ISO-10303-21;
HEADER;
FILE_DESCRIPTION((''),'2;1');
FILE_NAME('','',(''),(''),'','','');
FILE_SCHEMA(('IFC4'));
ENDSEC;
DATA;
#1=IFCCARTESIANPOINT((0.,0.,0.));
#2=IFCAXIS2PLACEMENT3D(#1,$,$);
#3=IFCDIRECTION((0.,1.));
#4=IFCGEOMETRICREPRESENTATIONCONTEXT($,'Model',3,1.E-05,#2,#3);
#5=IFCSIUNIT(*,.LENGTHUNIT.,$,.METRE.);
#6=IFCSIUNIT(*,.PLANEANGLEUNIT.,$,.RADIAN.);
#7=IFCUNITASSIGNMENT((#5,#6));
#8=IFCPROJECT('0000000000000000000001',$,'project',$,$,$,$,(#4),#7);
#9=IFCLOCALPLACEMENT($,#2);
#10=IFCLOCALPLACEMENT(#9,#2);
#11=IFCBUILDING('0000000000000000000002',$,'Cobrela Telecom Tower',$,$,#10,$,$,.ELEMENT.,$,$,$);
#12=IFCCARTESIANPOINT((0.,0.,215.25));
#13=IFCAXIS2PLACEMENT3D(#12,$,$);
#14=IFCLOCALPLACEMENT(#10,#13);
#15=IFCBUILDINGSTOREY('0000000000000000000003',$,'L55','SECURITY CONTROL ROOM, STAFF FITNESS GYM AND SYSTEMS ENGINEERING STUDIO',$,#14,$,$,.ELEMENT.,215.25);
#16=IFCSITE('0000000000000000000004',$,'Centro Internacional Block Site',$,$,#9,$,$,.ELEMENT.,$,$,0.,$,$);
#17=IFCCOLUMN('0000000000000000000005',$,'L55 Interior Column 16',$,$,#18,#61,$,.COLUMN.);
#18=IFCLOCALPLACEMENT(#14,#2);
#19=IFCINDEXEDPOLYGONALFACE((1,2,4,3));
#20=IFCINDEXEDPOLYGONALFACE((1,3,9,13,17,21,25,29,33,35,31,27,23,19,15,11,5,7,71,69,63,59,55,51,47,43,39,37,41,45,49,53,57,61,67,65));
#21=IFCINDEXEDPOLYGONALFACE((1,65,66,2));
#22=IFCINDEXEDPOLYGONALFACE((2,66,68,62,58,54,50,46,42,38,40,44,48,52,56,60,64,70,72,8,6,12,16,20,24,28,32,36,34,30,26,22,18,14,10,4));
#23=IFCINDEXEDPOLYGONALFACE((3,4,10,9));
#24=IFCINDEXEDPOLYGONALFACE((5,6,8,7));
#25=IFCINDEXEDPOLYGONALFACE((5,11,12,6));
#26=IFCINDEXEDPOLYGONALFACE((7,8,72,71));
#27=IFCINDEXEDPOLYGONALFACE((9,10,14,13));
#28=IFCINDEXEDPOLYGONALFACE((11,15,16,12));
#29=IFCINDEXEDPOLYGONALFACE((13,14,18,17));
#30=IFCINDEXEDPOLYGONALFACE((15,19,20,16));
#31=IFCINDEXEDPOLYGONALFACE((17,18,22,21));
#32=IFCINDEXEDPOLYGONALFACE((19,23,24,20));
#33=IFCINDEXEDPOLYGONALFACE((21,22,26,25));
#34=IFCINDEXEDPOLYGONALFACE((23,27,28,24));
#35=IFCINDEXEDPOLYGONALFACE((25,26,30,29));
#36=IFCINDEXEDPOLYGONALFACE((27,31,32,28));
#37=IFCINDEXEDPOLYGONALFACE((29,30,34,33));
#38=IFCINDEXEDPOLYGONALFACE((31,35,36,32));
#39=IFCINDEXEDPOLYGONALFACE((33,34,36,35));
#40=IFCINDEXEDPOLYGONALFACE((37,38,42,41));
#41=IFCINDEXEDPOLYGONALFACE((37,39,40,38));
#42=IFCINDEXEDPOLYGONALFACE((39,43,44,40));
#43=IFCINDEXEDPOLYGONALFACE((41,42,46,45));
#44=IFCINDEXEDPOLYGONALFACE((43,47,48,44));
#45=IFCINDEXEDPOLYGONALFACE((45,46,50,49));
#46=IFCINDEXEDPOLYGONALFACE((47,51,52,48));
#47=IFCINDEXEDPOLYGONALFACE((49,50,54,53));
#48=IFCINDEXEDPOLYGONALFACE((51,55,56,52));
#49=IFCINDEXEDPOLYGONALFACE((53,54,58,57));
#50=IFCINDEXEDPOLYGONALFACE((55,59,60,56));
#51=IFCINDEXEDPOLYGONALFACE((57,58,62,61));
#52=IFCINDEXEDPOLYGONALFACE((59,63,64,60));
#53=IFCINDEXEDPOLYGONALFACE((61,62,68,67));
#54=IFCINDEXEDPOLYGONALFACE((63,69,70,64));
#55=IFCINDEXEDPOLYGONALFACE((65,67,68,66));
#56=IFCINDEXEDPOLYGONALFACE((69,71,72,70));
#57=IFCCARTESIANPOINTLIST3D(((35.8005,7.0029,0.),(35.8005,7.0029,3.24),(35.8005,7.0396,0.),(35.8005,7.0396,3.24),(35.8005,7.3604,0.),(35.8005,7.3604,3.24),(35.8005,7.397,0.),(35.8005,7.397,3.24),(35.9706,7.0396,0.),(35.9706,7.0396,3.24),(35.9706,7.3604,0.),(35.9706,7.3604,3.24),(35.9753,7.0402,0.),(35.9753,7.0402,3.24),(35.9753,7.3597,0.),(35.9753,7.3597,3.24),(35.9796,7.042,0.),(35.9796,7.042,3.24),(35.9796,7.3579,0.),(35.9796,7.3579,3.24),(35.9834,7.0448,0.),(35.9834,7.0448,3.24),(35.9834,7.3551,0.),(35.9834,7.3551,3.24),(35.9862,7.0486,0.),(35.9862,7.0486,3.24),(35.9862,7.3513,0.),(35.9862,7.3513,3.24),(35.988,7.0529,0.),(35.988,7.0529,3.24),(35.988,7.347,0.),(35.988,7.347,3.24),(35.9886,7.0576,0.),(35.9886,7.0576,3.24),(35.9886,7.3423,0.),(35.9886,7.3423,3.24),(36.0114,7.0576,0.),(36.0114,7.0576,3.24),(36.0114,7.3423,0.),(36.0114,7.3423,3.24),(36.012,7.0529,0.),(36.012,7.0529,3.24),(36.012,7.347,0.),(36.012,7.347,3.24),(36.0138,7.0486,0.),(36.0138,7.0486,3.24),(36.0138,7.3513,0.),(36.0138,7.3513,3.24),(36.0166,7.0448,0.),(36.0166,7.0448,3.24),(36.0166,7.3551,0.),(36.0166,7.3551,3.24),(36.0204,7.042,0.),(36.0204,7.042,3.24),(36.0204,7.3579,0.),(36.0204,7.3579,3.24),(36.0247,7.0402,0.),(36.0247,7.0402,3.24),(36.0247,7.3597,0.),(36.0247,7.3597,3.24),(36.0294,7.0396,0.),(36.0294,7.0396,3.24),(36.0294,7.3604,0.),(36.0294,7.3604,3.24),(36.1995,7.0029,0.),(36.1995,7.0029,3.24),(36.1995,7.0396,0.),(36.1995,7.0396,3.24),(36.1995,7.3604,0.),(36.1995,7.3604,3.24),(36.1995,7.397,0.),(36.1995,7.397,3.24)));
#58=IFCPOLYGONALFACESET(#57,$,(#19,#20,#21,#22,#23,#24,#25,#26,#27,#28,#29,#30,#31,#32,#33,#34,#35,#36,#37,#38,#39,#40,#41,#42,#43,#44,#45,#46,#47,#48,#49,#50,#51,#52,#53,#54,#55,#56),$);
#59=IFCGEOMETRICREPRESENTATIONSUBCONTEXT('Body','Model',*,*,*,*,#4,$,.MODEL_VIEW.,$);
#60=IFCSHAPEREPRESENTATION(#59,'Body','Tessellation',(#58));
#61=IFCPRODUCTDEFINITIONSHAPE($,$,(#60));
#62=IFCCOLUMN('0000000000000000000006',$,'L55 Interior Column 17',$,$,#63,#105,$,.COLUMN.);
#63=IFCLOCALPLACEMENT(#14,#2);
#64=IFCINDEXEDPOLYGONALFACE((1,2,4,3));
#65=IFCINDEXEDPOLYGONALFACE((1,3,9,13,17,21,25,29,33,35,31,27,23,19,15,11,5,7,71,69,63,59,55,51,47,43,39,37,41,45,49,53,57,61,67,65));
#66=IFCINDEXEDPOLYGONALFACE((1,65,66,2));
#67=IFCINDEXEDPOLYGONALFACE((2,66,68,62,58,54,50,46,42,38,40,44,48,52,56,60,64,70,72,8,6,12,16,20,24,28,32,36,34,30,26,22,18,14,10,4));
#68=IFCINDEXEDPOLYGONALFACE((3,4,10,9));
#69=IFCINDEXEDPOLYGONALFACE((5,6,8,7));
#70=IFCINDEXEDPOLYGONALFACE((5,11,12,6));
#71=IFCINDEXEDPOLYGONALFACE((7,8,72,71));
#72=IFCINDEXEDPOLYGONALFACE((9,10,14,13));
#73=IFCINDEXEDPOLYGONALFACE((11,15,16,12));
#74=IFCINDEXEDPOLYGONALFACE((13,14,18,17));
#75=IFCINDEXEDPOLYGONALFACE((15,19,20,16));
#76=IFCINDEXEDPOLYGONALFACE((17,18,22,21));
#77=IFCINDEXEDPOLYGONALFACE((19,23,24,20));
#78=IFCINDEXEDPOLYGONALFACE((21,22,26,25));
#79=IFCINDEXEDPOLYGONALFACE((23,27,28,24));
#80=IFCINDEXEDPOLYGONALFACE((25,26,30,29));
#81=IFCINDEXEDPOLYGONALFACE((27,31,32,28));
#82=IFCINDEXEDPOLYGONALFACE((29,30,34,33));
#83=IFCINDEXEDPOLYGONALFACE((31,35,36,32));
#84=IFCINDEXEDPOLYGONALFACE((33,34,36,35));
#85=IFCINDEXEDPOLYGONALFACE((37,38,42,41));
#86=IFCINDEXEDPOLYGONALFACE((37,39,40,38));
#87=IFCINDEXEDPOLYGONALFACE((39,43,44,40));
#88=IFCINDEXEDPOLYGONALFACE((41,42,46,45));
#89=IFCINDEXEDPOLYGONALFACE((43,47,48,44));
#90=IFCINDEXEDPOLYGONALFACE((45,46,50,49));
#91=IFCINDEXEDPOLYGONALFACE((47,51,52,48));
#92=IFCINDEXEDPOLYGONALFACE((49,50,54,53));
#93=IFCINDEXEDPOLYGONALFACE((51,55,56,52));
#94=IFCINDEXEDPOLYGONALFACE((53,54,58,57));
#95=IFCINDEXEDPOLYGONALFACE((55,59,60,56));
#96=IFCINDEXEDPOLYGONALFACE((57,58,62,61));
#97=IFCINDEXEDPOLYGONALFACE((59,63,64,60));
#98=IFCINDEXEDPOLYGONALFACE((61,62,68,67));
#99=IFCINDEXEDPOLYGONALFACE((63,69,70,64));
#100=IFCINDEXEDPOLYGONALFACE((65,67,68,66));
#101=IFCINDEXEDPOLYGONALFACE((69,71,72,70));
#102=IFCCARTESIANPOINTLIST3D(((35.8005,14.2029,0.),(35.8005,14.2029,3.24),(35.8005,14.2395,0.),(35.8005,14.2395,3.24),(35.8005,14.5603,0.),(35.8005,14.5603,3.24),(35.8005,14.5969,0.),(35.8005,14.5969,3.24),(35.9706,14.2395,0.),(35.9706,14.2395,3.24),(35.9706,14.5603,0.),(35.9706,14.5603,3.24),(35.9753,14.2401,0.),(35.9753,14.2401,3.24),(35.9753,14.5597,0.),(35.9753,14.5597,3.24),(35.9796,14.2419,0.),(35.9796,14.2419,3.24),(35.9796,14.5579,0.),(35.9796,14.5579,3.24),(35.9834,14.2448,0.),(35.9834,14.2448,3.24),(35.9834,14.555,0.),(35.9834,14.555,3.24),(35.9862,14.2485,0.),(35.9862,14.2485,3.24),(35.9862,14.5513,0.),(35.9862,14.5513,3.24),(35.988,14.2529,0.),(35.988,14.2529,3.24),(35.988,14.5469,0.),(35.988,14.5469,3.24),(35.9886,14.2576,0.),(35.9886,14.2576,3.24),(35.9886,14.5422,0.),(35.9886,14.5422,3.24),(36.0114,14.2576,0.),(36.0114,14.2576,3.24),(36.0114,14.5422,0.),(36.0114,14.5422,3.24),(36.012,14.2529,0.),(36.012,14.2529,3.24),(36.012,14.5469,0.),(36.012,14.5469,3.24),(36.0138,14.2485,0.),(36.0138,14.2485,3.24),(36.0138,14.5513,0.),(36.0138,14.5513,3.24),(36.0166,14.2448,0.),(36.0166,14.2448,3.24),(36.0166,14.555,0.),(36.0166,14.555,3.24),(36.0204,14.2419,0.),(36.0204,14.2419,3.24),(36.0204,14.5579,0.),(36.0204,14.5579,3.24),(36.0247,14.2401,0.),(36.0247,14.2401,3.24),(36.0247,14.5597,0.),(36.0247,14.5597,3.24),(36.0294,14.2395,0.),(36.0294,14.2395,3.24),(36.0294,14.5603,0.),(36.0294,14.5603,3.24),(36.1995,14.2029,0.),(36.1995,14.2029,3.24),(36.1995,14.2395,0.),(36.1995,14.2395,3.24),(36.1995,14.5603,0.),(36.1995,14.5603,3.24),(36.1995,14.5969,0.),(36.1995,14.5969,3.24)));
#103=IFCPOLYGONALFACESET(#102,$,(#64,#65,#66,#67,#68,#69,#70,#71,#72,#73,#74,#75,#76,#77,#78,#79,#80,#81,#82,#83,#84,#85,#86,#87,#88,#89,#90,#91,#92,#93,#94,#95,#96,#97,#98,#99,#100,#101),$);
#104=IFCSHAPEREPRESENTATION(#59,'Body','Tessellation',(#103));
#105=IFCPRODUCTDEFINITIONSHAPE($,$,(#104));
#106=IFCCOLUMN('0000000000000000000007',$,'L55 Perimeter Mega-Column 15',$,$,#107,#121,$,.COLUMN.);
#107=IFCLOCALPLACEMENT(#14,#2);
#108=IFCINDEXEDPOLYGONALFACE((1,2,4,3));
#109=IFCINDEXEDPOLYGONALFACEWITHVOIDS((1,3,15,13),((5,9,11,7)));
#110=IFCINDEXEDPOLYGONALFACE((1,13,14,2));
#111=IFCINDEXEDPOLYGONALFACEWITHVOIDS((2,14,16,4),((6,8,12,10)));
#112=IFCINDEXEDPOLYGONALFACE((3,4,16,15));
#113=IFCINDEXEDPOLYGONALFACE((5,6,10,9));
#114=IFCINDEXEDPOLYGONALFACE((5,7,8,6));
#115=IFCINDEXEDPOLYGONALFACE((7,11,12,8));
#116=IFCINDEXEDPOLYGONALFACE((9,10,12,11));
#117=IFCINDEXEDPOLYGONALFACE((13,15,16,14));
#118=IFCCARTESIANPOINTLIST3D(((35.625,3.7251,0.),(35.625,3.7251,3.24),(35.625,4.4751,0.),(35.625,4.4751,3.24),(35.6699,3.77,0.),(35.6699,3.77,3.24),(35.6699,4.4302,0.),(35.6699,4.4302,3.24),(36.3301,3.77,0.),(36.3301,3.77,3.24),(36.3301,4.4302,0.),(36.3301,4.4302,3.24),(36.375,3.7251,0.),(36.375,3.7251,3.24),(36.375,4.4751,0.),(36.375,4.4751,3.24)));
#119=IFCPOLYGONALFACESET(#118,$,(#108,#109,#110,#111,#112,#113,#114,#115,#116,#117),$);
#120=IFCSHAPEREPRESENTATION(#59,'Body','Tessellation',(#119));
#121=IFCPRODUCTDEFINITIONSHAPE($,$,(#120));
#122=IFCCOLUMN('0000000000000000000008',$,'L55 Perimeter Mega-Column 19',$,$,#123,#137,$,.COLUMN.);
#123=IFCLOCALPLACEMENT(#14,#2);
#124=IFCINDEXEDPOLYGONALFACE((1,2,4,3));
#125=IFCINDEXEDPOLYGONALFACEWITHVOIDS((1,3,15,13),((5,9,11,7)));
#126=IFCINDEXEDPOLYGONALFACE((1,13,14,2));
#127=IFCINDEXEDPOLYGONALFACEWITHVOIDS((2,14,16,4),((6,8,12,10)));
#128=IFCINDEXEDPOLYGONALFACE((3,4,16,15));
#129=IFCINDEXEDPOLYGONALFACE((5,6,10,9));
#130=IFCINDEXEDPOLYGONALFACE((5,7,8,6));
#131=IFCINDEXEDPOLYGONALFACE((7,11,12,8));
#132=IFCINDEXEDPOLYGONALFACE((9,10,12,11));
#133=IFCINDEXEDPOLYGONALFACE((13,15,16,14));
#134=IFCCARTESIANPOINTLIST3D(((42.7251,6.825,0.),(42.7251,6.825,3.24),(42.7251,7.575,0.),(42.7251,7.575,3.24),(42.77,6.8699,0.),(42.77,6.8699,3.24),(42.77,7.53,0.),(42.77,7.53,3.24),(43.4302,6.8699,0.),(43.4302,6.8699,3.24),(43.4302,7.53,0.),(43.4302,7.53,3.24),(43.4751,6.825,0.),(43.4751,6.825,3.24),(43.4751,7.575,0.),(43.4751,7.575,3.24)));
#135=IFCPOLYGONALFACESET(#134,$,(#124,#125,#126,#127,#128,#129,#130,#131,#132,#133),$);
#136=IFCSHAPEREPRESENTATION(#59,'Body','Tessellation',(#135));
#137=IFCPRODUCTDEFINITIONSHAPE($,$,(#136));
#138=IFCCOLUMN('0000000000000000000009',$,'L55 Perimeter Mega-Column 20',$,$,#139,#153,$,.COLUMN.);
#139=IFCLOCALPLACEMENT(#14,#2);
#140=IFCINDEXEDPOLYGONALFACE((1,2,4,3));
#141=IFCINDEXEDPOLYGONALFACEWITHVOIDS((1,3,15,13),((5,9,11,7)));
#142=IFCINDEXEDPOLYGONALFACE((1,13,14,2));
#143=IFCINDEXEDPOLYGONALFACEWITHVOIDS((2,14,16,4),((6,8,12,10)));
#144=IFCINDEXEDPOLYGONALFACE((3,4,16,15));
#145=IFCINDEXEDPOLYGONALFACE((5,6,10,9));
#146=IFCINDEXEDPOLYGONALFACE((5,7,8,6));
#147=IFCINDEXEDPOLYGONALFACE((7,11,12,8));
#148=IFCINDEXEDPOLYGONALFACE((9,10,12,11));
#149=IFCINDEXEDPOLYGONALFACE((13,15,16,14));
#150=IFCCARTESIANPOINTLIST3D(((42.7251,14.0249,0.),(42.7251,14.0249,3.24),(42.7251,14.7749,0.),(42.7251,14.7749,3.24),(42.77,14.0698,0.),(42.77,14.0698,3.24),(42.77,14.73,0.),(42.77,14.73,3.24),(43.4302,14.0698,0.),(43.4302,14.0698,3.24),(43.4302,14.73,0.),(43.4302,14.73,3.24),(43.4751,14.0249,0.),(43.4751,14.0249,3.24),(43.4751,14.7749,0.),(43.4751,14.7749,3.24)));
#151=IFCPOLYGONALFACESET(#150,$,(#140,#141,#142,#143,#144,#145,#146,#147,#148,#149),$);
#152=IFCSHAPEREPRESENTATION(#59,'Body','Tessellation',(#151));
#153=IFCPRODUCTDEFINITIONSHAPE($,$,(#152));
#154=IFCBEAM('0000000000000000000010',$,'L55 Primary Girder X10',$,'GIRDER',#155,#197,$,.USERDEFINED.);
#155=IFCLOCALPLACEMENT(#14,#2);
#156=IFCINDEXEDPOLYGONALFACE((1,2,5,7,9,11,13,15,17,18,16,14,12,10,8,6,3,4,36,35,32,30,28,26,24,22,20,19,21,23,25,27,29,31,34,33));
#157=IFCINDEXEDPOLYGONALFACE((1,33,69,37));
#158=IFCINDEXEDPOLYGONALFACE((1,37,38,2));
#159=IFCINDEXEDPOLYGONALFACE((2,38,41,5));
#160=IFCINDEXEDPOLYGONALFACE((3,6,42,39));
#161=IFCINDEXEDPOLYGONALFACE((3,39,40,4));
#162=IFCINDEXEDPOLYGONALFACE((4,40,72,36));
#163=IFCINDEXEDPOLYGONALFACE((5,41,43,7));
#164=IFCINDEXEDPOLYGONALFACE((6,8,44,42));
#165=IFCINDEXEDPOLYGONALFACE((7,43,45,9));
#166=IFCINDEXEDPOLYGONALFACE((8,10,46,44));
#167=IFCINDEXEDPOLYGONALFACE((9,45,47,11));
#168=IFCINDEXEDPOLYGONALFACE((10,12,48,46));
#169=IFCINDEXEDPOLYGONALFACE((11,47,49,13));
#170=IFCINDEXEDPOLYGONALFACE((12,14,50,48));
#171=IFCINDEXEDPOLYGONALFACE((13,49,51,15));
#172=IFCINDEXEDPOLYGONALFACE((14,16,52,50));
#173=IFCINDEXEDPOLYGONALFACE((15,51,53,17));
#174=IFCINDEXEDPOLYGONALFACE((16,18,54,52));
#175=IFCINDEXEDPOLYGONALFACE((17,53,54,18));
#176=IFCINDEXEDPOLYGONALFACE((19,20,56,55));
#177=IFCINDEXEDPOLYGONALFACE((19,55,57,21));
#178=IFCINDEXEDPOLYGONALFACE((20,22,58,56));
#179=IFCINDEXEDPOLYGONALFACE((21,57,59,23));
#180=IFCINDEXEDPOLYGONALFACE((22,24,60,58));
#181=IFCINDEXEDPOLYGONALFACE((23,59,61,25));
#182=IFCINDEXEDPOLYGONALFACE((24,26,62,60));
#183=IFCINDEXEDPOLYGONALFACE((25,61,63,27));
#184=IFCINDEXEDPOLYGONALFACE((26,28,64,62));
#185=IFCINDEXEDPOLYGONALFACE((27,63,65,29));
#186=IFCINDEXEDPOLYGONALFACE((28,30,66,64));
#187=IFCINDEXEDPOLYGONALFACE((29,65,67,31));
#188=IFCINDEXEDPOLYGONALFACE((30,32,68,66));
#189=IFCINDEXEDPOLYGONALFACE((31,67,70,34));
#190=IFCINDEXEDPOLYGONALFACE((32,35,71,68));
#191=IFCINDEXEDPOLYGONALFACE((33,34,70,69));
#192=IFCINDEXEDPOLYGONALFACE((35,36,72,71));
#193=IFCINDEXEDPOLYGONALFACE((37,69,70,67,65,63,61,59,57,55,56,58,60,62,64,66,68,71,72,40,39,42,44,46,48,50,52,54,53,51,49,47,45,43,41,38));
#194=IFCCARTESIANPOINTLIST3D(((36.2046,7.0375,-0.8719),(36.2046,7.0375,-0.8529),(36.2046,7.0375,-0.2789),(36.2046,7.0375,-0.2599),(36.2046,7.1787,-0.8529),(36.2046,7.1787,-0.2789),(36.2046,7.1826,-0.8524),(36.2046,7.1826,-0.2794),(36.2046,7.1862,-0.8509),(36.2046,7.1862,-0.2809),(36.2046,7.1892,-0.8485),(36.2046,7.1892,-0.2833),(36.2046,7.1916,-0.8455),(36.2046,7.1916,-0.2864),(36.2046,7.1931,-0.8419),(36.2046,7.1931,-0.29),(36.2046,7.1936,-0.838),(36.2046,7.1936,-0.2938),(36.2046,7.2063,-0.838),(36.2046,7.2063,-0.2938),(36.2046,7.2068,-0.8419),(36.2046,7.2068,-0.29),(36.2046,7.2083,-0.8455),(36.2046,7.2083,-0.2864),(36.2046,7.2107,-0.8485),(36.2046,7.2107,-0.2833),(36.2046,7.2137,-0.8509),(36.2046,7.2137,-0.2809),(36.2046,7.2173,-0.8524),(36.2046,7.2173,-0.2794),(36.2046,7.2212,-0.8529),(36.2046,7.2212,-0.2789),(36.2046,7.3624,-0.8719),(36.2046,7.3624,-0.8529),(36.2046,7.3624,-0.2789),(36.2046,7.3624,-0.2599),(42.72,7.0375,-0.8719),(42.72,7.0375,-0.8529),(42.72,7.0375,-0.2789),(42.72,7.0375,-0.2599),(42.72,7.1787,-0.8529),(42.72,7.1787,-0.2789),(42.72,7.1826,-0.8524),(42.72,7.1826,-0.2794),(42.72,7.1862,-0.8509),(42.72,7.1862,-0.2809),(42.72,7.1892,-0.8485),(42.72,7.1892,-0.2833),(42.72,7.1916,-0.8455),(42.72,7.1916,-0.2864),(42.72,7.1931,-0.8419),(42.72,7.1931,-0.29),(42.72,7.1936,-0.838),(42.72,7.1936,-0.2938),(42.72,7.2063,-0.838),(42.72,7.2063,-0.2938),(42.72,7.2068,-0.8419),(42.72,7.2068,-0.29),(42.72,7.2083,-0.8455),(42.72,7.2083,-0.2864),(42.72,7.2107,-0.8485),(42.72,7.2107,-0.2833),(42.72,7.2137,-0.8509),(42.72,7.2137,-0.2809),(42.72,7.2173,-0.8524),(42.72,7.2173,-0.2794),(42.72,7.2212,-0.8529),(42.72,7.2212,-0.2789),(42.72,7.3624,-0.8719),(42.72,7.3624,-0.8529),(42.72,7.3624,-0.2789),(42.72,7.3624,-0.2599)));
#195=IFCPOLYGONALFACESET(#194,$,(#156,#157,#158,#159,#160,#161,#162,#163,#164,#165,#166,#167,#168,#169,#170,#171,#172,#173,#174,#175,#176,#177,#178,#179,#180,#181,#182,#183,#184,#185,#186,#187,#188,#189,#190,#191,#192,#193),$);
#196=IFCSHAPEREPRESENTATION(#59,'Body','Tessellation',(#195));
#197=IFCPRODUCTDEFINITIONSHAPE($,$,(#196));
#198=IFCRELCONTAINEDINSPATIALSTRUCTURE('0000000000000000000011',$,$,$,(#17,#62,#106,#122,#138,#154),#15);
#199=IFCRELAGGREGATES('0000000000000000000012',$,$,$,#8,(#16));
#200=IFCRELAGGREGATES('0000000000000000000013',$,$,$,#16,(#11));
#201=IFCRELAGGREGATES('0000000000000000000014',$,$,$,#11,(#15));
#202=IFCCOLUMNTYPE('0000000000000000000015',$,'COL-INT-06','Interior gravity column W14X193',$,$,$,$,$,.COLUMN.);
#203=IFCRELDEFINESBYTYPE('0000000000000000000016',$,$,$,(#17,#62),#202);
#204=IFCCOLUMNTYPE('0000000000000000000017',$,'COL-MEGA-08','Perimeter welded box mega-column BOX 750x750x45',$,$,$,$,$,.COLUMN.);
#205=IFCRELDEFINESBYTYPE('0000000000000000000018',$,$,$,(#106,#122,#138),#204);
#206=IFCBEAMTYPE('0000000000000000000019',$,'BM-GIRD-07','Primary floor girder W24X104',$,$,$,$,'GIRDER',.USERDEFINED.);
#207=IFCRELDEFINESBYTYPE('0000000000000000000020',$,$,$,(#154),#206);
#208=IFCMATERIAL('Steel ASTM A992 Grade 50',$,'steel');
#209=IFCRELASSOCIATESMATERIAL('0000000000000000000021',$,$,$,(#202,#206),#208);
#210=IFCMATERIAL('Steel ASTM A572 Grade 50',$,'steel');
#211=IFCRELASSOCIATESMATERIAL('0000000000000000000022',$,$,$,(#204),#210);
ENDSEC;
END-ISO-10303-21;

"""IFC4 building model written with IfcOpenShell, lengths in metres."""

from ifc_helpers import new_model, si_unit, direction, frame, origin, origin_2d, place, context, subcontext, project, spatial, hollow_rectangle, i_section, extrude, material, material_profile, profile_set, type_object, element, save


model = new_model("IFC4")

# Units and contexts
model_context = context("Model", 3, precision=1e-05, world=origin(), true_north=direction((0.0, 1.0)))
body_context = subcontext(model_context, "Body", "Model", "MODEL_VIEW")
ifc_project = project(units=[si_unit("LENGTHUNIT", "METRE"), si_unit("PLANEANGLEUNIT", "RADIAN")], contexts=[model_context])

# Site, building, storey
site_placement = place(None, origin())
site = spatial("IfcSite", under=ifc_project, at=site_placement, Name="Centro Internacional Block Site", CompositionType="ELEMENT", RefElevation=0.0)
building_placement = place(site_placement, origin())
building = spatial("IfcBuilding", under=site, at=building_placement, Name="Cobrela Telecom Tower", CompositionType="ELEMENT")
storey_placement = place(building_placement, frame((0.0, 0.0, 215.25)))
storey = spatial("IfcBuildingStorey", under=building, at=storey_placement, Name="L55", Description="SECURITY CONTROL ROOM, STAFF FITNESS GYM AND SYSTEMS ENGINEERING STUDIO", CompositionType="ELEMENT", Elevation=215.25)

# Columns
ifc_material_1 = material(Name="Steel ASTM A992 Grade 50", Category="steel")
ifc_material_profile_1 = material_profile(ifc_material_1, i_section(OverallWidth=0.3989, OverallDepth=0.394, WebThickness=0.0227, FlangeThickness=0.0366, FilletRadius=0.0181, at=origin_2d()), Name="W14X193")
ifc_profile_set_1 = profile_set([ifc_material_profile_1], Name="Steel ASTM A992 Grade 50")
column_type_1 = type_object("IfcColumnType", Name="COL-INT-06", Description="Interior gravity column W14X193", PredefinedType="COLUMN", material=ifc_profile_set_1)
for number, where, z_axis, x_axis, name in (
    (1, (36.0, 7.2, 0.0), (0.0, 0.0, 1.0), (1.0, 0.0, 0.0), "L55 Interior Column 16"),
    (2, (36.0, 14.3999, 0.0), (0.0, 0.0, 1.0), (1.0, 0.0, 0.0), "L55 Interior Column 17"),
):
    element("IfcColumn", number, at=place(storey_placement, frame(where, z_axis=z_axis, x_axis=x_axis)), inside=storey, type_object=column_type_1, Name=name, PredefinedType="COLUMN", context=body_context, shape_type="SweptSolid", body=[
        extrude(i_section(OverallWidth=0.3989, OverallDepth=0.394, WebThickness=0.0227, FlangeThickness=0.0366, FilletRadius=0.0181, at=origin_2d()), origin(), (0.0, 0.0, 1.0), 3.24),
    ])
ifc_material_2 = material(Name="Steel ASTM A572 Grade 50", Category="steel")
ifc_material_profile_2 = material_profile(ifc_material_2, hollow_rectangle(XDim=0.75, YDim=0.75, WallThickness=0.0449, at=origin_2d()), Name="BOX 750x750x45")
ifc_profile_set_2 = profile_set([ifc_material_profile_2], Name="Steel ASTM A572 Grade 50")
column_type_2 = type_object("IfcColumnType", Name="COL-MEGA-08", Description="Perimeter welded box mega-column BOX 750x750x45", PredefinedType="COLUMN", material=ifc_profile_set_2)
for number, where, z_axis, x_axis, name in (
    (3, (36.0, 4.1001, 0.0), (0.0, 0.0, 1.0), (1.0, 0.0, 0.0), "L55 Perimeter Mega-Column 15"),
    (4, (43.1001, 7.2, 0.0), (0.0, 0.0, 1.0), (1.0, 0.0, 0.0), "L55 Perimeter Mega-Column 19"),
    (5, (43.1001, 14.3999, 0.0), (0.0, 0.0, 1.0), (1.0, 0.0, 0.0), "L55 Perimeter Mega-Column 20"),
):
    element("IfcColumn", number, at=place(storey_placement, frame(where, z_axis=z_axis, x_axis=x_axis)), inside=storey, type_object=column_type_2, Name=name, PredefinedType="COLUMN", context=body_context, shape_type="SweptSolid", body=[
        extrude(hollow_rectangle(XDim=0.75, YDim=0.75, WallThickness=0.0449, at=origin_2d()), origin(), (0.0, 0.0, 1.0), 3.24),
    ])

# Beam
ifc_material_profile_3 = material_profile(ifc_material_1, i_section(OverallWidth=0.325, OverallDepth=0.6121, WebThickness=0.0127, FlangeThickness=0.019, FilletRadius=0.0149, at=origin_2d()), Name="W24X104")
ifc_profile_set_3 = profile_set([ifc_material_profile_3], Name="Steel ASTM A992 Grade 50")
beam_type_1 = type_object("IfcBeamType", Name="BM-GIRD-07", Description="Primary floor girder W24X104", ElementType="GIRDER", PredefinedType="USERDEFINED", material=ifc_profile_set_3)
for number, where, z_axis, x_axis, name in (
    (6, (36.2046, 7.2, -0.5659), (1.0, 0.0, 0.0), (0.0, 1.0, 0.0), "L55 Primary Girder X10"),
):
    element("IfcBeam", number, at=place(storey_placement, frame(where, z_axis=z_axis, x_axis=x_axis)), inside=storey, type_object=beam_type_1, Name=name, ObjectType="GIRDER", PredefinedType="USERDEFINED", context=body_context, shape_type="SweptSolid", body=[
        extrude(i_section(OverallWidth=0.325, OverallDepth=0.6121, WebThickness=0.0127, FlangeThickness=0.019, FilletRadius=0.0149, at=origin_2d()), origin(), (0.0, 0.0, 1.0), 6.5154),
    ])

save(model, "model.ifc")
